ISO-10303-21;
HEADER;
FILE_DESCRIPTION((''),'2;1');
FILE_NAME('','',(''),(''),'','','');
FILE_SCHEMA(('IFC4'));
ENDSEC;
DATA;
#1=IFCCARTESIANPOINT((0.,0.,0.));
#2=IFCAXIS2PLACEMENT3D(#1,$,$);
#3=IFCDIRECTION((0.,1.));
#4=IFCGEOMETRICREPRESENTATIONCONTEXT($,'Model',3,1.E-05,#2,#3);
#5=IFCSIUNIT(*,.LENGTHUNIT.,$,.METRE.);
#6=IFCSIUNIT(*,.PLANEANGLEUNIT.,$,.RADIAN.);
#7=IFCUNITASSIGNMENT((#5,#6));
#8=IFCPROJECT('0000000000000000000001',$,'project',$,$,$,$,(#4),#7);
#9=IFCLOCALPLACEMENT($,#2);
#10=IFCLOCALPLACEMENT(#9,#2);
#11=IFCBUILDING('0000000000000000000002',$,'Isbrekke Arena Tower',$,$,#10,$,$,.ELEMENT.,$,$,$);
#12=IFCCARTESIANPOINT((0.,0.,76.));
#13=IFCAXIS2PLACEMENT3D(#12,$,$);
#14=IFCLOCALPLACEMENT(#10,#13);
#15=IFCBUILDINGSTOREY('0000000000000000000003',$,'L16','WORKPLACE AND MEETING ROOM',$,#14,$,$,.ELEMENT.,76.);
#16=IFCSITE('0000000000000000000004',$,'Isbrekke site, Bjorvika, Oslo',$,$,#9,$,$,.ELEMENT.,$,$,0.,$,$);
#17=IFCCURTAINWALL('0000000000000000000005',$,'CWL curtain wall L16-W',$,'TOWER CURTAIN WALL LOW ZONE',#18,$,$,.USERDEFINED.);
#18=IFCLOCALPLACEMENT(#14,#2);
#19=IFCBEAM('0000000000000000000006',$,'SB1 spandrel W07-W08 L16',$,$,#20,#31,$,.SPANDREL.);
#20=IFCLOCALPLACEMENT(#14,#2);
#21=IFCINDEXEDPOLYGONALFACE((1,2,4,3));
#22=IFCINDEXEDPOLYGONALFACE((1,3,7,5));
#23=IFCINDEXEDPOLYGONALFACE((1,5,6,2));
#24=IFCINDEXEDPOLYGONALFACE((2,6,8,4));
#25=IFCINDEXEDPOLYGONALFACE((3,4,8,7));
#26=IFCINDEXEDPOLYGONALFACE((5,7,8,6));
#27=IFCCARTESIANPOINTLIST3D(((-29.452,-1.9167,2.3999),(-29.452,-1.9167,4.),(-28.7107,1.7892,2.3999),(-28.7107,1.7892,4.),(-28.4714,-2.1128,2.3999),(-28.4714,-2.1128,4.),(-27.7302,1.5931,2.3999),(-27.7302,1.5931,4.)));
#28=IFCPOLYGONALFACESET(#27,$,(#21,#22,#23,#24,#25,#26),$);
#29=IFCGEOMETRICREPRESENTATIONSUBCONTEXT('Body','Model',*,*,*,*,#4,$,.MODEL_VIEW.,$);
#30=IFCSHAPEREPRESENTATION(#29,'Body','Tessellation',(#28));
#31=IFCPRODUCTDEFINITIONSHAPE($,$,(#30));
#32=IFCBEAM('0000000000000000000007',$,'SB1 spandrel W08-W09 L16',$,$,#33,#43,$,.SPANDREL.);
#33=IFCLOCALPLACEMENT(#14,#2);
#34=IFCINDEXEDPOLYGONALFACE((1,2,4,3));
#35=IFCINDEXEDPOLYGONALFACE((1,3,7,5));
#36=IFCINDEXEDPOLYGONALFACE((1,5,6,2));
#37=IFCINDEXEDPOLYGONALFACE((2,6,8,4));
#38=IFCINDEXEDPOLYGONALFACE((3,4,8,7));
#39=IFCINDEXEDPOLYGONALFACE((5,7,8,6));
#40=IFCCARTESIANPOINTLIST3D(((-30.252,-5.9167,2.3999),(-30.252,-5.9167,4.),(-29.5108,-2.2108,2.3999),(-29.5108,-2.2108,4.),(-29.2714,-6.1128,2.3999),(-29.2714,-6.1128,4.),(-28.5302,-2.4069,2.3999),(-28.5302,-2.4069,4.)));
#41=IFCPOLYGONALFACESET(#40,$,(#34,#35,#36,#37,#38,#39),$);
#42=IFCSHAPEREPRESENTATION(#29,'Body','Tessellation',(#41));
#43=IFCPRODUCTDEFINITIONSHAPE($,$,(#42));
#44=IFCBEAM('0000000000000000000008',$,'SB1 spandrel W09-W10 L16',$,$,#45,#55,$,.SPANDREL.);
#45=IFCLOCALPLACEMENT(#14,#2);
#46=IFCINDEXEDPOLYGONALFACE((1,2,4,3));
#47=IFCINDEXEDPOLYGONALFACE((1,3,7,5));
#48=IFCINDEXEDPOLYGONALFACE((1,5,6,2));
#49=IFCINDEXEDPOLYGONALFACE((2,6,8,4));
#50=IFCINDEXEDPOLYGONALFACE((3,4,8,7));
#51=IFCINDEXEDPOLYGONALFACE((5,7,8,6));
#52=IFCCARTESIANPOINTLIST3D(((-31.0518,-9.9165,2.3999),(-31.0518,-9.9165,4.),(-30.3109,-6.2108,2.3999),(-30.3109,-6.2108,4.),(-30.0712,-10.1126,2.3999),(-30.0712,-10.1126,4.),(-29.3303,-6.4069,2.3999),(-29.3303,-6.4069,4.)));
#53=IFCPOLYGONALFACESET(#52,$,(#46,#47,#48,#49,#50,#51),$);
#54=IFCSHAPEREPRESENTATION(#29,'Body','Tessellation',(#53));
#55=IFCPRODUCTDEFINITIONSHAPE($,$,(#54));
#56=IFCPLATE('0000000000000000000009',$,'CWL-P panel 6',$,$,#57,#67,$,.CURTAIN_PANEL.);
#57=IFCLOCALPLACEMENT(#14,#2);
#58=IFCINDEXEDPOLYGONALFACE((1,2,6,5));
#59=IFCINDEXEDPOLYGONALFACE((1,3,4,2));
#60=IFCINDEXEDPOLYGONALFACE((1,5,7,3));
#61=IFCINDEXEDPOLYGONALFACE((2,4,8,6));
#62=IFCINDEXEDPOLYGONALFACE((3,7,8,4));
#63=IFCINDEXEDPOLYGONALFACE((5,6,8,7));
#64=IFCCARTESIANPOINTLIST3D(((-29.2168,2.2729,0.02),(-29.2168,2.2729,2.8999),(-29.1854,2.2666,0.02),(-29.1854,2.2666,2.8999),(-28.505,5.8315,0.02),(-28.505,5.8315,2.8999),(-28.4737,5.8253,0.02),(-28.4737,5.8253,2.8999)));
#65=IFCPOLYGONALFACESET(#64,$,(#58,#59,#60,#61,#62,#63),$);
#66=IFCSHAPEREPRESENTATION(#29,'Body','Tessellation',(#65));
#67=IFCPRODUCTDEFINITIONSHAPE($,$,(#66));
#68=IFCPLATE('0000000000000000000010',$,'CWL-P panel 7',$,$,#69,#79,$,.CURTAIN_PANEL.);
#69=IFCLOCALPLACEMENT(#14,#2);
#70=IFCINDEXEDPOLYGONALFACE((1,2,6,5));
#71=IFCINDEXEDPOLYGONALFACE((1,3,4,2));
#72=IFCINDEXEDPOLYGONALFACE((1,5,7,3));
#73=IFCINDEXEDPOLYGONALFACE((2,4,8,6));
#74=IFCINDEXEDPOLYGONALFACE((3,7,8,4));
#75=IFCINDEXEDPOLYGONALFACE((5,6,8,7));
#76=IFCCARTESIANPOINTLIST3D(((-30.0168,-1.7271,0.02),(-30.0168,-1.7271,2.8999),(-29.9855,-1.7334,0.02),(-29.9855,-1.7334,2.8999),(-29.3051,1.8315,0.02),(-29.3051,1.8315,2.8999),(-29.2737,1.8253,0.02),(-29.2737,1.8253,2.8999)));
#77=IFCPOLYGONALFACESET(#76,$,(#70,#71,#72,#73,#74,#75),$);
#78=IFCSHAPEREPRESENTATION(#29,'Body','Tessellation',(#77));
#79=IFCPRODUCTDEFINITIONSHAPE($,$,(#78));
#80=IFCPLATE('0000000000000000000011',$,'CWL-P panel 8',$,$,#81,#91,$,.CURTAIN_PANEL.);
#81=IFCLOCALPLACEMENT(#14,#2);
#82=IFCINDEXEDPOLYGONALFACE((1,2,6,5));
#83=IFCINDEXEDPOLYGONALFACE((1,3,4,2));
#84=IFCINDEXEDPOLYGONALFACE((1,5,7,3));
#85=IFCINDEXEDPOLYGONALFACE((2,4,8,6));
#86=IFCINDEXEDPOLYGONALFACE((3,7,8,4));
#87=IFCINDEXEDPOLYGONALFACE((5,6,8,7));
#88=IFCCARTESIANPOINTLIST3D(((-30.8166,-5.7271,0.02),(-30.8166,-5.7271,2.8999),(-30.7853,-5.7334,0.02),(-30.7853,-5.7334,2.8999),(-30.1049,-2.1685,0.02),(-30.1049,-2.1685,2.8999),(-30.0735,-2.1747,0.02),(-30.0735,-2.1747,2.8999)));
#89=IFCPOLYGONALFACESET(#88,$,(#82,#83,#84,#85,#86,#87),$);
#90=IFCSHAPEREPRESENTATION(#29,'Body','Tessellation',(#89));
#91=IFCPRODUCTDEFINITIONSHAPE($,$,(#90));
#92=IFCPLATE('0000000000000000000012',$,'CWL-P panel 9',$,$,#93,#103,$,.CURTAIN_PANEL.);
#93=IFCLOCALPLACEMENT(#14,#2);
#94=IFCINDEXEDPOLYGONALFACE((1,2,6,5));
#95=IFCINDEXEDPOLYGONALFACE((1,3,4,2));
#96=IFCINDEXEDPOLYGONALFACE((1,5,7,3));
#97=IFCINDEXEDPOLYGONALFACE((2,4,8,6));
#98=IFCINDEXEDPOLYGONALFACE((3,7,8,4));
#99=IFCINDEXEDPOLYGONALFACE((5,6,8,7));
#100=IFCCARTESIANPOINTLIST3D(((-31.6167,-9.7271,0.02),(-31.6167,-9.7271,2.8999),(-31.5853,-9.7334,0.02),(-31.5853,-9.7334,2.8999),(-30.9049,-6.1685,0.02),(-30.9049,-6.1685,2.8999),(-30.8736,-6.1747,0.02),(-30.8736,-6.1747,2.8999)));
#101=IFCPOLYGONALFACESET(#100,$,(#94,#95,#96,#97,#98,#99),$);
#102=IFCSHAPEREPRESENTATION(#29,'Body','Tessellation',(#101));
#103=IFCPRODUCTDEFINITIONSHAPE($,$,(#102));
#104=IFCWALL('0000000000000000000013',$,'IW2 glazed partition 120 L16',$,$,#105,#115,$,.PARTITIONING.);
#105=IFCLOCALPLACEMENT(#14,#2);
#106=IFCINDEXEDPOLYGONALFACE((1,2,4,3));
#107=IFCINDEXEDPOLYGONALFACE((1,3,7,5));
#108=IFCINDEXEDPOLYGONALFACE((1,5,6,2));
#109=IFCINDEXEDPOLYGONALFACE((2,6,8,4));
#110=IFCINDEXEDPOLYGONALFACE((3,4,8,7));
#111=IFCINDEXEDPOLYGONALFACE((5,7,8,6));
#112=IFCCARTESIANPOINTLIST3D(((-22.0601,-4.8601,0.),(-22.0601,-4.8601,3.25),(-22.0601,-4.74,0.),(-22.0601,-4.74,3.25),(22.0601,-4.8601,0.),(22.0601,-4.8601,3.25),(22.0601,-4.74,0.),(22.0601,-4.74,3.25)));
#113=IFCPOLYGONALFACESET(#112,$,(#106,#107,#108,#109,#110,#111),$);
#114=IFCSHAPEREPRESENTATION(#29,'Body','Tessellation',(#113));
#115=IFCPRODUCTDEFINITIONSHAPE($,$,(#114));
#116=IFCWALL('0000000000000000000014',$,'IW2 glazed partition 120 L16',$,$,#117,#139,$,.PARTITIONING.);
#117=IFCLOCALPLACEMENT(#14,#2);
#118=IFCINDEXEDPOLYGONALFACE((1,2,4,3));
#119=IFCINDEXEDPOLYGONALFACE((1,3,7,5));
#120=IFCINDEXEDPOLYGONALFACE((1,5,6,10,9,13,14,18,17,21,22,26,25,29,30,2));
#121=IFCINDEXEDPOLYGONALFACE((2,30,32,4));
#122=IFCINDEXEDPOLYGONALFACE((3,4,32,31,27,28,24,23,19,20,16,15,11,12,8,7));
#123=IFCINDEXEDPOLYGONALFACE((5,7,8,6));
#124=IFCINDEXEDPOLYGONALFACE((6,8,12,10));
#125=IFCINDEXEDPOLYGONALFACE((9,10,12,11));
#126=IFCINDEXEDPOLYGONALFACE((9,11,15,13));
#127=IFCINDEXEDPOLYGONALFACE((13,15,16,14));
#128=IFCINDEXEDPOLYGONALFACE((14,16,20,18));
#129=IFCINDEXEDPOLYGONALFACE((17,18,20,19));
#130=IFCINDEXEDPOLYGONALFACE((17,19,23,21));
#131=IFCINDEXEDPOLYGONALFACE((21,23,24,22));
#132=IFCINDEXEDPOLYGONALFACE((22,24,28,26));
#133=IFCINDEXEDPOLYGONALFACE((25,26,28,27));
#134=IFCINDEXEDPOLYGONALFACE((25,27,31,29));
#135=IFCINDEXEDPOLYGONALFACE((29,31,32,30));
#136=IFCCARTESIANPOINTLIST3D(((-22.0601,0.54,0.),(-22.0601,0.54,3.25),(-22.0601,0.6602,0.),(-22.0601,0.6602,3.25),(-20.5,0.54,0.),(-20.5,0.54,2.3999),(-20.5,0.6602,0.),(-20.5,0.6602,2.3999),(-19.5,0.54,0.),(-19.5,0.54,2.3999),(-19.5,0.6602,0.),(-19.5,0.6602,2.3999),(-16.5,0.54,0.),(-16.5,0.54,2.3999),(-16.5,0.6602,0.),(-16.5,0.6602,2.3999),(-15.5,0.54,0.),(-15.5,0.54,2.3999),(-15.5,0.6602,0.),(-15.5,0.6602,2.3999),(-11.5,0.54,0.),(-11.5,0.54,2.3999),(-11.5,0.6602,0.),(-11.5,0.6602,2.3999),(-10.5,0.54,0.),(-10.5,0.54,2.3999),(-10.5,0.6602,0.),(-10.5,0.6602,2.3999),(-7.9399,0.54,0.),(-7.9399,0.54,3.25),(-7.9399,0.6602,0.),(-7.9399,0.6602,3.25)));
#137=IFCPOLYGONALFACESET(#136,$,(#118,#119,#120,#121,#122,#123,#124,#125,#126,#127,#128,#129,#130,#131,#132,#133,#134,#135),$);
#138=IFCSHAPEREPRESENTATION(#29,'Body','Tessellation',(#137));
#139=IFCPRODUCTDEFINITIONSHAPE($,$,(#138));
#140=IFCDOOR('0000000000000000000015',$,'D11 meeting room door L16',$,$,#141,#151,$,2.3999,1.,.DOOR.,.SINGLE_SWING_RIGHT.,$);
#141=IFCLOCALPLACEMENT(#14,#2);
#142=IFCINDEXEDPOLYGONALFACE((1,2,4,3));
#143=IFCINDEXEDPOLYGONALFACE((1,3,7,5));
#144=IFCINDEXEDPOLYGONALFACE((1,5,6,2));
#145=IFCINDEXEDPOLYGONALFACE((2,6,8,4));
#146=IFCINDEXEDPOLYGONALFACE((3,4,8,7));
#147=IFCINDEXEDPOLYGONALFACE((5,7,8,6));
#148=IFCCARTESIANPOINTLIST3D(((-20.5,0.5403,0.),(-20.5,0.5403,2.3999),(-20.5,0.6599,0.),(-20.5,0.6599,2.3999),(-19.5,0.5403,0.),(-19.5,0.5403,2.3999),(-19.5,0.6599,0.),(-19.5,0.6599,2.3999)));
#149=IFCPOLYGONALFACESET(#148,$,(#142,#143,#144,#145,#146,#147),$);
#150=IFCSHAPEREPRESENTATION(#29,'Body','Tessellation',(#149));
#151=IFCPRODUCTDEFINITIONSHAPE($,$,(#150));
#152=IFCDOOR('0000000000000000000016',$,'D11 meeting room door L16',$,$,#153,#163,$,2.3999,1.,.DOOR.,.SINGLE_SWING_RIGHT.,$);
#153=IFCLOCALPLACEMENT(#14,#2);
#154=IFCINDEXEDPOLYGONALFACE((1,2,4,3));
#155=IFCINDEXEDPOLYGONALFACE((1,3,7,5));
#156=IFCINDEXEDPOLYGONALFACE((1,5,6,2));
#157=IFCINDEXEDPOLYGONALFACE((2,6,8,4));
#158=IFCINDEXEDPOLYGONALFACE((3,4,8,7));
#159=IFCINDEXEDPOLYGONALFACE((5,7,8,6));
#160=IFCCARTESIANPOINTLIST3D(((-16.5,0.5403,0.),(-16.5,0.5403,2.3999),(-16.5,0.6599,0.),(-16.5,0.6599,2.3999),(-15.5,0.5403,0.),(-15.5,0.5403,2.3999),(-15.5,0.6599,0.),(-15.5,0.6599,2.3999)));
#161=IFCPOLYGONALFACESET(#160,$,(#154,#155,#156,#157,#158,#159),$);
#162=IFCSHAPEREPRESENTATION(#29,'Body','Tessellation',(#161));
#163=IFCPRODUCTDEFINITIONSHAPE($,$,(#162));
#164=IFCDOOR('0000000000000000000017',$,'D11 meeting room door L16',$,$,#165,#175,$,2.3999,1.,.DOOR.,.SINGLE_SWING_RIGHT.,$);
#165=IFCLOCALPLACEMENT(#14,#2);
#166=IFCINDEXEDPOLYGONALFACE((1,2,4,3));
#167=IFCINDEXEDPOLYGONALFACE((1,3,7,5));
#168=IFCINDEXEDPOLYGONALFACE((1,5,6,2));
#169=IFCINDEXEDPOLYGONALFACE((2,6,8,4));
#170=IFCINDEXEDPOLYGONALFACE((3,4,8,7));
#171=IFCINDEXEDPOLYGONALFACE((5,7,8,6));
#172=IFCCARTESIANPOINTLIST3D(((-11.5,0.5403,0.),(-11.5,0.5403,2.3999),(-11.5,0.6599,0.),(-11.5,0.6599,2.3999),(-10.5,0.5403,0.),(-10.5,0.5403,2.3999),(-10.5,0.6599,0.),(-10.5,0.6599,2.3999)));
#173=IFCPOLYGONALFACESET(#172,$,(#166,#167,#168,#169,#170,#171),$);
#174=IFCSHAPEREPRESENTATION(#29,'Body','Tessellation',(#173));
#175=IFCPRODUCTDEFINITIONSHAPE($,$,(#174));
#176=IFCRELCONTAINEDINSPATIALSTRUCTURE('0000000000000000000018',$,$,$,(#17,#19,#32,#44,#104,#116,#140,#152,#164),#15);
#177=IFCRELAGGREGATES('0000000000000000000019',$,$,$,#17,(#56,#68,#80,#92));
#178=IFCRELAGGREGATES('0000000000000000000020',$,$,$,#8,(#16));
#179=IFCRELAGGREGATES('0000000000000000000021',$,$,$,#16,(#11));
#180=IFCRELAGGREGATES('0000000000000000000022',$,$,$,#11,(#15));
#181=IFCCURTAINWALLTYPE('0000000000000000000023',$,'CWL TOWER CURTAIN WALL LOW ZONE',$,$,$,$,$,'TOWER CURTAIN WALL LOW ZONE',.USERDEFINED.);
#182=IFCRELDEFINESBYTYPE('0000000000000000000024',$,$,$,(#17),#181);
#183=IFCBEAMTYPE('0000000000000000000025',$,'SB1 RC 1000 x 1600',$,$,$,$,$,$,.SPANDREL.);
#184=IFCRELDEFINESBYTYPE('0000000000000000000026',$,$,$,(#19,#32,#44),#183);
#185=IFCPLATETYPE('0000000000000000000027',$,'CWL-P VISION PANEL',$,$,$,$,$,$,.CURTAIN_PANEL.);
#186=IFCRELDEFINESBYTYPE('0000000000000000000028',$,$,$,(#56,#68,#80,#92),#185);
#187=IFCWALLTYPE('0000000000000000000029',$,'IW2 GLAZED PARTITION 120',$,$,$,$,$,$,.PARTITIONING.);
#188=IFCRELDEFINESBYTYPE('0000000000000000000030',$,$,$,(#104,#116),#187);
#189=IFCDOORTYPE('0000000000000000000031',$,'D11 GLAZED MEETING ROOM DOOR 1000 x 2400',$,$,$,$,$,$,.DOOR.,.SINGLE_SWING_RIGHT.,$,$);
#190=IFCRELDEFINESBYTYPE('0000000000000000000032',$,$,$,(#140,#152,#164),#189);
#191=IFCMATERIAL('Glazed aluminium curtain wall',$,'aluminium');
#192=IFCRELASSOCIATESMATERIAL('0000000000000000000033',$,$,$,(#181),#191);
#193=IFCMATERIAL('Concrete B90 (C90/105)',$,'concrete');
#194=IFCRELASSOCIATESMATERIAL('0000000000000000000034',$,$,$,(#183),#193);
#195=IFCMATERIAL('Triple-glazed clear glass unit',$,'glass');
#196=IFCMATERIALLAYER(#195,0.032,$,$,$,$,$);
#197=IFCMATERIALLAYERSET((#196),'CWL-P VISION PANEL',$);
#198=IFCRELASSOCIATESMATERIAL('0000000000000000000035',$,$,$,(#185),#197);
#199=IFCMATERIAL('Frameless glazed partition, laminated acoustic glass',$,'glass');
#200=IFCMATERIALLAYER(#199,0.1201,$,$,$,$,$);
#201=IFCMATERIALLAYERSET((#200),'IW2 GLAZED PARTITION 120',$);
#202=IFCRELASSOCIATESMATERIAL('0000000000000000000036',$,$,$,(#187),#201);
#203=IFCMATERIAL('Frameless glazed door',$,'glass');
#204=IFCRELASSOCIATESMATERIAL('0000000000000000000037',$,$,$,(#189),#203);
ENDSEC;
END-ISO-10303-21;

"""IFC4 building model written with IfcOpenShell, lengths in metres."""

from ifc_helpers import new_model, si_unit, direction, frame, frame_2d, origin, origin_2d, place, context, subcontext, project, spatial, rectangle, extrude, material, layer, layer_set, material_profile, profile_set, type_object, element, fill, aggregate, save


model = new_model("IFC4")

# Units and contexts
model_context = context("Model", 3, precision=1e-05, world=origin(), true_north=direction((0.0, 1.0)))
body_context = subcontext(model_context, "Body", "Model", "MODEL_VIEW")
ifc_project = project(units=[si_unit("LENGTHUNIT", "METRE"), si_unit("PLANEANGLEUNIT", "RADIAN")], contexts=[model_context])

# Site, building, storey
site_placement = place(None, origin())
site = spatial("IfcSite", under=ifc_project, at=site_placement, Name="Isbrekke site, Bjorvika, Oslo", CompositionType="ELEMENT", RefElevation=0.0)
building_placement = place(site_placement, origin())
building = spatial("IfcBuilding", under=site, at=building_placement, Name="Isbrekke Arena Tower", CompositionType="ELEMENT")
storey_placement = place(building_placement, frame((0.0, 0.0, 76.0)))
storey = spatial("IfcBuildingStorey", under=building, at=storey_placement, Name="L16", Description="WORKPLACE AND MEETING ROOM", CompositionType="ELEMENT", Elevation=76.0)

# Curtain wall
ifc_material_1 = material(Name="Glazed aluminium curtain wall", Category="aluminium")
curtain_wall_type = type_object("IfcCurtainWallType", Name="CWL TOWER CURTAIN WALL LOW ZONE", ElementType="TOWER CURTAIN WALL LOW ZONE", PredefinedType="USERDEFINED", material=ifc_material_1)
curtain_wall_placement = place(storey_placement, origin())
curtain_wall = element("IfcCurtainWall", 1, at=curtain_wall_placement, inside=storey, type_object=curtain_wall_type, Name="CWL curtain wall L16-W", ObjectType="TOWER CURTAIN WALL LOW ZONE", PredefinedType="USERDEFINED")

# Beams
ifc_material_2 = material(Name="Concrete B90 (C90/105)", Category="concrete")
ifc_material_profile_1 = material_profile(ifc_material_2, rectangle(XDim=1.0, YDim=1.6001, at=origin_2d()), Name="RC 1000x1600")
ifc_profile_set_1 = profile_set([ifc_material_profile_1], Name="Concrete B90 (C90/105)")
beam_type_1 = type_object("IfcBeamType", Name="SB1 RC 1000 x 1600", PredefinedType="SPANDREL", material=ifc_profile_set_1)
for number, where, z_axis, x_axis, name in (
    (2, (-28.2205, 1.6912, 3.2), (-0.196129, -0.980578, 0.0), (0.980578, -0.196129, 0.0), "SB1 spandrel W07-W08 L16"),
    (3, (-29.0205, -2.3088, 3.2), (-0.196129, -0.980578, 0.0), (0.980578, -0.196129, 0.0), "SB1 spandrel W08-W09 L16"),
):
    element("IfcBeam", number, at=place(storey_placement, frame(where, z_axis=z_axis, x_axis=x_axis)), inside=storey, type_object=beam_type_1, Name=name, PredefinedType="SPANDREL", context=body_context, shape_type="SweptSolid", body=[
        extrude(rectangle(XDim=1.0, YDim=1.6001, at=origin_2d()), origin(), (0.0, 0.0, 1.0), 3.7793),
    ])
beam_1_placement = place(storey_placement, frame((-29.8206, -6.3088, 3.2), z_axis=(-0.196066, -0.980591, 0.0), x_axis=(0.980591, -0.196066, 0.0)))
element("IfcBeam", 4, at=beam_1_placement, inside=storey, type_object=beam_type_1, Name="SB1 spandrel W09-W10 L16", PredefinedType="SPANDREL", context=body_context, shape_type="SweptSolid", body=[
    extrude(rectangle(XDim=1.0, YDim=1.6001, at=origin_2d()), origin(), (0.0, 0.0, 1.0), 3.7791),
])

# Plates
ifc_material_3 = material(Name="Triple-glazed clear glass unit", Category="glass")
ifc_layer_1 = layer(ifc_material_3, 0.032)
ifc_layer_set_1 = layer_set([ifc_layer_1], Name="CWL-P VISION PANEL")
plate_type = type_object("IfcPlateType", Name="CWL-P VISION PANEL", PredefinedType="CURTAIN_PANEL", material=ifc_layer_set_1)
plate_1_placement = place(storey_placement, frame((-28.8452, 4.0491, 0.02), z_axis=(0.0, 0.0, 1.0), x_axis=(-0.196116, -0.980581, 0.0)))
plate_1 = element("IfcPlate", 5, at=plate_1_placement, type_object=plate_type, Name="CWL-P panel 6", PredefinedType="CURTAIN_PANEL", context=body_context, shape_type="SweptSolid", body=[
    extrude(rectangle(XDim=3.6292, YDim=0.032, at=origin_2d()), origin(), (0.0, 0.0, 1.0), 2.8799),
])
plate_2_placement = place(storey_placement, frame((-29.6453, 0.0491, 0.02), z_axis=(0.0, 0.0, 1.0), x_axis=(-0.196116, -0.980581, 0.0)))
plate_2 = element("IfcPlate", 6, at=plate_2_placement, type_object=plate_type, Name="CWL-P panel 7", PredefinedType="CURTAIN_PANEL", context=body_context, shape_type="SweptSolid", body=[
    extrude(rectangle(XDim=3.6292, YDim=0.032, at=origin_2d()), origin(), (0.0, 0.0, 1.0), 2.8799),
])
plate_3_placement = place(storey_placement, frame((-30.4451, -3.9509, 0.02), z_axis=(0.0, 0.0, 1.0), x_axis=(-0.196116, -0.980581, 0.0)))
plate_3 = element("IfcPlate", 7, at=plate_3_placement, type_object=plate_type, Name="CWL-P panel 8", PredefinedType="CURTAIN_PANEL", context=body_context, shape_type="SweptSolid", body=[
    extrude(rectangle(XDim=3.6292, YDim=0.032, at=origin_2d()), origin(), (0.0, 0.0, 1.0), 2.8799),
])
plate_4_placement = place(storey_placement, frame((-31.2451, -7.9509, 0.02), z_axis=(0.0, 0.0, 1.0), x_axis=(-0.196116, -0.980581, 0.0)))
plate_4 = element("IfcPlate", 8, at=plate_4_placement, type_object=plate_type, Name="CWL-P panel 9", PredefinedType="CURTAIN_PANEL", context=body_context, shape_type="SweptSolid", body=[
    extrude(rectangle(XDim=3.6292, YDim=0.032, at=origin_2d()), origin(), (0.0, 0.0, 1.0), 2.8799),
])
aggregate(curtain_wall, [plate_1, plate_2, plate_3, plate_4])

# Wall
ifc_material_4 = material(Name="Frameless glazed partition, laminated acoustic glass", Category="glass")
ifc_layer_2 = layer(ifc_material_4, 0.1201)
ifc_layer_set_2 = layer_set([ifc_layer_2], Name="IW2 GLAZED PARTITION 120")
wall_type = type_object("IfcWallType", Name="IW2 GLAZED PARTITION 120", PredefinedType="PARTITIONING", material=ifc_layer_set_2)
wall_1_placement = place(storey_placement, frame((-22.0601, -4.8, 0.0), z_axis=(0.0, 0.0, 1.0), x_axis=(1.0, 0.0, 0.0)))
element("IfcWall", 9, at=wall_1_placement, inside=storey, type_object=wall_type, Name="IW2 glazed partition 120 L16", PredefinedType="PARTITIONING", context=body_context, shape_type="SweptSolid", body=[
    extrude(rectangle(XDim=44.1201, YDim=0.1201, at=frame_2d((22.0601, 0.0))), origin(), (0.0, 0.0, 1.0), 3.25),
])

# Wall, openings, doors
wall_2_placement = place(storey_placement, frame((-22.0601, 0.6001, 0.0), z_axis=(0.0, 0.0, 1.0), x_axis=(1.0, 0.0, 0.0)))
wall_2 = element("IfcWall", 10, at=wall_2_placement, inside=storey, type_object=wall_type, Name="IW2 glazed partition 120 L16", PredefinedType="PARTITIONING", context=body_context, shape_type="SweptSolid", body=[
    extrude(rectangle(XDim=14.1201, YDim=0.1201, at=frame_2d((7.0601, 0.0))), origin(), (0.0, 0.0, 1.0), 3.25),
])
opening_1_placement = place(wall_2_placement, frame((1.5601, 0.0, 0.0)))
opening_1 = element("IfcOpeningElement", 11, at=opening_1_placement, cuts=wall_2, PredefinedType="OPENING", context=body_context, shape_type="SweptSolid", body=[
    extrude(rectangle(XDim=1.0, YDim=2.3999, at=frame_2d((0.5, 1.2))), frame((0.0, 0.075, 0.0), z_axis=(0.0, -1.0, 0.0), x_axis=(1.0, 0.0, 0.0)), (0.0, 0.0, 1.0), 0.1499),
])
opening_2_placement = place(wall_2_placement, frame((5.5601, 0.0, 0.0)))
opening_2 = element("IfcOpeningElement", 12, at=opening_2_placement, cuts=wall_2, PredefinedType="OPENING", context=body_context, shape_type="SweptSolid", body=[
    extrude(rectangle(XDim=1.0, YDim=2.3999, at=frame_2d((0.5, 1.2))), frame((0.0, 0.075, 0.0), z_axis=(0.0, -1.0, 0.0), x_axis=(1.0, 0.0, 0.0)), (0.0, 0.0, 1.0), 0.1499),
])
opening_3_placement = place(wall_2_placement, frame((10.5601, 0.0, 0.0)))
opening_3 = element("IfcOpeningElement", 13, at=opening_3_placement, cuts=wall_2, PredefinedType="OPENING", context=body_context, shape_type="SweptSolid", body=[
    extrude(rectangle(XDim=1.0, YDim=2.3999, at=frame_2d((0.5, 1.2))), frame((0.0, 0.075, 0.0), z_axis=(0.0, -1.0, 0.0), x_axis=(1.0, 0.0, 0.0)), (0.0, 0.0, 1.0), 0.1499),
])
ifc_material_5 = material(Name="Frameless glazed door", Category="glass")
door_type = type_object("IfcDoorType", Name="D11 GLAZED MEETING ROOM DOOR 1000 x 2400", OperationType="SINGLE_SWING_RIGHT", PredefinedType="DOOR", material=ifc_material_5)
door_1_placement = place(opening_1_placement, origin())
door_1 = element("IfcDoor", 14, at=door_1_placement, inside=storey, type_object=door_type, Name="D11 meeting room door L16", OperationType="SINGLE_SWING_RIGHT", OverallHeight=2.3999, OverallWidth=1.0, PredefinedType="DOOR", context=body_context, shape_type="SweptSolid", body=[
    extrude(rectangle(XDim=1.0, YDim=2.3999, at=frame_2d((0.5, 1.2))), frame((0.0, 0.0598, 0.0), z_axis=(0.0, -1.0, 0.0), x_axis=(1.0, 0.0, 0.0)), (0.0, 0.0, 1.0), 0.1196),
])
fill(opening_1, door_1)
door_2_placement = place(opening_2_placement, origin())
door_2 = element("IfcDoor", 15, at=door_2_placement, inside=storey, type_object=door_type, Name="D11 meeting room door L16", OperationType="SINGLE_SWING_RIGHT", OverallHeight=2.3999, OverallWidth=1.0, PredefinedType="DOOR", context=body_context, shape_type="SweptSolid", body=[
    extrude(rectangle(XDim=1.0, YDim=2.3999, at=frame_2d((0.5, 1.2))), frame((0.0, 0.0598, 0.0), z_axis=(0.0, -1.0, 0.0), x_axis=(1.0, 0.0, 0.0)), (0.0, 0.0, 1.0), 0.1196),
])
fill(opening_2, door_2)
door_3_placement = place(opening_3_placement, origin())
door_3 = element("IfcDoor", 16, at=door_3_placement, inside=storey, type_object=door_type, Name="D11 meeting room door L16", OperationType="SINGLE_SWING_RIGHT", OverallHeight=2.3999, OverallWidth=1.0, PredefinedType="DOOR", context=body_context, shape_type="SweptSolid", body=[
    extrude(rectangle(XDim=1.0, YDim=2.3999, at=frame_2d((0.5, 1.2))), frame((0.0, 0.0598, 0.0), z_axis=(0.0, -1.0, 0.0), x_axis=(1.0, 0.0, 0.0)), (0.0, 0.0, 1.0), 0.1196),
])
fill(opening_3, door_3)

save(model, "model.ifc")
